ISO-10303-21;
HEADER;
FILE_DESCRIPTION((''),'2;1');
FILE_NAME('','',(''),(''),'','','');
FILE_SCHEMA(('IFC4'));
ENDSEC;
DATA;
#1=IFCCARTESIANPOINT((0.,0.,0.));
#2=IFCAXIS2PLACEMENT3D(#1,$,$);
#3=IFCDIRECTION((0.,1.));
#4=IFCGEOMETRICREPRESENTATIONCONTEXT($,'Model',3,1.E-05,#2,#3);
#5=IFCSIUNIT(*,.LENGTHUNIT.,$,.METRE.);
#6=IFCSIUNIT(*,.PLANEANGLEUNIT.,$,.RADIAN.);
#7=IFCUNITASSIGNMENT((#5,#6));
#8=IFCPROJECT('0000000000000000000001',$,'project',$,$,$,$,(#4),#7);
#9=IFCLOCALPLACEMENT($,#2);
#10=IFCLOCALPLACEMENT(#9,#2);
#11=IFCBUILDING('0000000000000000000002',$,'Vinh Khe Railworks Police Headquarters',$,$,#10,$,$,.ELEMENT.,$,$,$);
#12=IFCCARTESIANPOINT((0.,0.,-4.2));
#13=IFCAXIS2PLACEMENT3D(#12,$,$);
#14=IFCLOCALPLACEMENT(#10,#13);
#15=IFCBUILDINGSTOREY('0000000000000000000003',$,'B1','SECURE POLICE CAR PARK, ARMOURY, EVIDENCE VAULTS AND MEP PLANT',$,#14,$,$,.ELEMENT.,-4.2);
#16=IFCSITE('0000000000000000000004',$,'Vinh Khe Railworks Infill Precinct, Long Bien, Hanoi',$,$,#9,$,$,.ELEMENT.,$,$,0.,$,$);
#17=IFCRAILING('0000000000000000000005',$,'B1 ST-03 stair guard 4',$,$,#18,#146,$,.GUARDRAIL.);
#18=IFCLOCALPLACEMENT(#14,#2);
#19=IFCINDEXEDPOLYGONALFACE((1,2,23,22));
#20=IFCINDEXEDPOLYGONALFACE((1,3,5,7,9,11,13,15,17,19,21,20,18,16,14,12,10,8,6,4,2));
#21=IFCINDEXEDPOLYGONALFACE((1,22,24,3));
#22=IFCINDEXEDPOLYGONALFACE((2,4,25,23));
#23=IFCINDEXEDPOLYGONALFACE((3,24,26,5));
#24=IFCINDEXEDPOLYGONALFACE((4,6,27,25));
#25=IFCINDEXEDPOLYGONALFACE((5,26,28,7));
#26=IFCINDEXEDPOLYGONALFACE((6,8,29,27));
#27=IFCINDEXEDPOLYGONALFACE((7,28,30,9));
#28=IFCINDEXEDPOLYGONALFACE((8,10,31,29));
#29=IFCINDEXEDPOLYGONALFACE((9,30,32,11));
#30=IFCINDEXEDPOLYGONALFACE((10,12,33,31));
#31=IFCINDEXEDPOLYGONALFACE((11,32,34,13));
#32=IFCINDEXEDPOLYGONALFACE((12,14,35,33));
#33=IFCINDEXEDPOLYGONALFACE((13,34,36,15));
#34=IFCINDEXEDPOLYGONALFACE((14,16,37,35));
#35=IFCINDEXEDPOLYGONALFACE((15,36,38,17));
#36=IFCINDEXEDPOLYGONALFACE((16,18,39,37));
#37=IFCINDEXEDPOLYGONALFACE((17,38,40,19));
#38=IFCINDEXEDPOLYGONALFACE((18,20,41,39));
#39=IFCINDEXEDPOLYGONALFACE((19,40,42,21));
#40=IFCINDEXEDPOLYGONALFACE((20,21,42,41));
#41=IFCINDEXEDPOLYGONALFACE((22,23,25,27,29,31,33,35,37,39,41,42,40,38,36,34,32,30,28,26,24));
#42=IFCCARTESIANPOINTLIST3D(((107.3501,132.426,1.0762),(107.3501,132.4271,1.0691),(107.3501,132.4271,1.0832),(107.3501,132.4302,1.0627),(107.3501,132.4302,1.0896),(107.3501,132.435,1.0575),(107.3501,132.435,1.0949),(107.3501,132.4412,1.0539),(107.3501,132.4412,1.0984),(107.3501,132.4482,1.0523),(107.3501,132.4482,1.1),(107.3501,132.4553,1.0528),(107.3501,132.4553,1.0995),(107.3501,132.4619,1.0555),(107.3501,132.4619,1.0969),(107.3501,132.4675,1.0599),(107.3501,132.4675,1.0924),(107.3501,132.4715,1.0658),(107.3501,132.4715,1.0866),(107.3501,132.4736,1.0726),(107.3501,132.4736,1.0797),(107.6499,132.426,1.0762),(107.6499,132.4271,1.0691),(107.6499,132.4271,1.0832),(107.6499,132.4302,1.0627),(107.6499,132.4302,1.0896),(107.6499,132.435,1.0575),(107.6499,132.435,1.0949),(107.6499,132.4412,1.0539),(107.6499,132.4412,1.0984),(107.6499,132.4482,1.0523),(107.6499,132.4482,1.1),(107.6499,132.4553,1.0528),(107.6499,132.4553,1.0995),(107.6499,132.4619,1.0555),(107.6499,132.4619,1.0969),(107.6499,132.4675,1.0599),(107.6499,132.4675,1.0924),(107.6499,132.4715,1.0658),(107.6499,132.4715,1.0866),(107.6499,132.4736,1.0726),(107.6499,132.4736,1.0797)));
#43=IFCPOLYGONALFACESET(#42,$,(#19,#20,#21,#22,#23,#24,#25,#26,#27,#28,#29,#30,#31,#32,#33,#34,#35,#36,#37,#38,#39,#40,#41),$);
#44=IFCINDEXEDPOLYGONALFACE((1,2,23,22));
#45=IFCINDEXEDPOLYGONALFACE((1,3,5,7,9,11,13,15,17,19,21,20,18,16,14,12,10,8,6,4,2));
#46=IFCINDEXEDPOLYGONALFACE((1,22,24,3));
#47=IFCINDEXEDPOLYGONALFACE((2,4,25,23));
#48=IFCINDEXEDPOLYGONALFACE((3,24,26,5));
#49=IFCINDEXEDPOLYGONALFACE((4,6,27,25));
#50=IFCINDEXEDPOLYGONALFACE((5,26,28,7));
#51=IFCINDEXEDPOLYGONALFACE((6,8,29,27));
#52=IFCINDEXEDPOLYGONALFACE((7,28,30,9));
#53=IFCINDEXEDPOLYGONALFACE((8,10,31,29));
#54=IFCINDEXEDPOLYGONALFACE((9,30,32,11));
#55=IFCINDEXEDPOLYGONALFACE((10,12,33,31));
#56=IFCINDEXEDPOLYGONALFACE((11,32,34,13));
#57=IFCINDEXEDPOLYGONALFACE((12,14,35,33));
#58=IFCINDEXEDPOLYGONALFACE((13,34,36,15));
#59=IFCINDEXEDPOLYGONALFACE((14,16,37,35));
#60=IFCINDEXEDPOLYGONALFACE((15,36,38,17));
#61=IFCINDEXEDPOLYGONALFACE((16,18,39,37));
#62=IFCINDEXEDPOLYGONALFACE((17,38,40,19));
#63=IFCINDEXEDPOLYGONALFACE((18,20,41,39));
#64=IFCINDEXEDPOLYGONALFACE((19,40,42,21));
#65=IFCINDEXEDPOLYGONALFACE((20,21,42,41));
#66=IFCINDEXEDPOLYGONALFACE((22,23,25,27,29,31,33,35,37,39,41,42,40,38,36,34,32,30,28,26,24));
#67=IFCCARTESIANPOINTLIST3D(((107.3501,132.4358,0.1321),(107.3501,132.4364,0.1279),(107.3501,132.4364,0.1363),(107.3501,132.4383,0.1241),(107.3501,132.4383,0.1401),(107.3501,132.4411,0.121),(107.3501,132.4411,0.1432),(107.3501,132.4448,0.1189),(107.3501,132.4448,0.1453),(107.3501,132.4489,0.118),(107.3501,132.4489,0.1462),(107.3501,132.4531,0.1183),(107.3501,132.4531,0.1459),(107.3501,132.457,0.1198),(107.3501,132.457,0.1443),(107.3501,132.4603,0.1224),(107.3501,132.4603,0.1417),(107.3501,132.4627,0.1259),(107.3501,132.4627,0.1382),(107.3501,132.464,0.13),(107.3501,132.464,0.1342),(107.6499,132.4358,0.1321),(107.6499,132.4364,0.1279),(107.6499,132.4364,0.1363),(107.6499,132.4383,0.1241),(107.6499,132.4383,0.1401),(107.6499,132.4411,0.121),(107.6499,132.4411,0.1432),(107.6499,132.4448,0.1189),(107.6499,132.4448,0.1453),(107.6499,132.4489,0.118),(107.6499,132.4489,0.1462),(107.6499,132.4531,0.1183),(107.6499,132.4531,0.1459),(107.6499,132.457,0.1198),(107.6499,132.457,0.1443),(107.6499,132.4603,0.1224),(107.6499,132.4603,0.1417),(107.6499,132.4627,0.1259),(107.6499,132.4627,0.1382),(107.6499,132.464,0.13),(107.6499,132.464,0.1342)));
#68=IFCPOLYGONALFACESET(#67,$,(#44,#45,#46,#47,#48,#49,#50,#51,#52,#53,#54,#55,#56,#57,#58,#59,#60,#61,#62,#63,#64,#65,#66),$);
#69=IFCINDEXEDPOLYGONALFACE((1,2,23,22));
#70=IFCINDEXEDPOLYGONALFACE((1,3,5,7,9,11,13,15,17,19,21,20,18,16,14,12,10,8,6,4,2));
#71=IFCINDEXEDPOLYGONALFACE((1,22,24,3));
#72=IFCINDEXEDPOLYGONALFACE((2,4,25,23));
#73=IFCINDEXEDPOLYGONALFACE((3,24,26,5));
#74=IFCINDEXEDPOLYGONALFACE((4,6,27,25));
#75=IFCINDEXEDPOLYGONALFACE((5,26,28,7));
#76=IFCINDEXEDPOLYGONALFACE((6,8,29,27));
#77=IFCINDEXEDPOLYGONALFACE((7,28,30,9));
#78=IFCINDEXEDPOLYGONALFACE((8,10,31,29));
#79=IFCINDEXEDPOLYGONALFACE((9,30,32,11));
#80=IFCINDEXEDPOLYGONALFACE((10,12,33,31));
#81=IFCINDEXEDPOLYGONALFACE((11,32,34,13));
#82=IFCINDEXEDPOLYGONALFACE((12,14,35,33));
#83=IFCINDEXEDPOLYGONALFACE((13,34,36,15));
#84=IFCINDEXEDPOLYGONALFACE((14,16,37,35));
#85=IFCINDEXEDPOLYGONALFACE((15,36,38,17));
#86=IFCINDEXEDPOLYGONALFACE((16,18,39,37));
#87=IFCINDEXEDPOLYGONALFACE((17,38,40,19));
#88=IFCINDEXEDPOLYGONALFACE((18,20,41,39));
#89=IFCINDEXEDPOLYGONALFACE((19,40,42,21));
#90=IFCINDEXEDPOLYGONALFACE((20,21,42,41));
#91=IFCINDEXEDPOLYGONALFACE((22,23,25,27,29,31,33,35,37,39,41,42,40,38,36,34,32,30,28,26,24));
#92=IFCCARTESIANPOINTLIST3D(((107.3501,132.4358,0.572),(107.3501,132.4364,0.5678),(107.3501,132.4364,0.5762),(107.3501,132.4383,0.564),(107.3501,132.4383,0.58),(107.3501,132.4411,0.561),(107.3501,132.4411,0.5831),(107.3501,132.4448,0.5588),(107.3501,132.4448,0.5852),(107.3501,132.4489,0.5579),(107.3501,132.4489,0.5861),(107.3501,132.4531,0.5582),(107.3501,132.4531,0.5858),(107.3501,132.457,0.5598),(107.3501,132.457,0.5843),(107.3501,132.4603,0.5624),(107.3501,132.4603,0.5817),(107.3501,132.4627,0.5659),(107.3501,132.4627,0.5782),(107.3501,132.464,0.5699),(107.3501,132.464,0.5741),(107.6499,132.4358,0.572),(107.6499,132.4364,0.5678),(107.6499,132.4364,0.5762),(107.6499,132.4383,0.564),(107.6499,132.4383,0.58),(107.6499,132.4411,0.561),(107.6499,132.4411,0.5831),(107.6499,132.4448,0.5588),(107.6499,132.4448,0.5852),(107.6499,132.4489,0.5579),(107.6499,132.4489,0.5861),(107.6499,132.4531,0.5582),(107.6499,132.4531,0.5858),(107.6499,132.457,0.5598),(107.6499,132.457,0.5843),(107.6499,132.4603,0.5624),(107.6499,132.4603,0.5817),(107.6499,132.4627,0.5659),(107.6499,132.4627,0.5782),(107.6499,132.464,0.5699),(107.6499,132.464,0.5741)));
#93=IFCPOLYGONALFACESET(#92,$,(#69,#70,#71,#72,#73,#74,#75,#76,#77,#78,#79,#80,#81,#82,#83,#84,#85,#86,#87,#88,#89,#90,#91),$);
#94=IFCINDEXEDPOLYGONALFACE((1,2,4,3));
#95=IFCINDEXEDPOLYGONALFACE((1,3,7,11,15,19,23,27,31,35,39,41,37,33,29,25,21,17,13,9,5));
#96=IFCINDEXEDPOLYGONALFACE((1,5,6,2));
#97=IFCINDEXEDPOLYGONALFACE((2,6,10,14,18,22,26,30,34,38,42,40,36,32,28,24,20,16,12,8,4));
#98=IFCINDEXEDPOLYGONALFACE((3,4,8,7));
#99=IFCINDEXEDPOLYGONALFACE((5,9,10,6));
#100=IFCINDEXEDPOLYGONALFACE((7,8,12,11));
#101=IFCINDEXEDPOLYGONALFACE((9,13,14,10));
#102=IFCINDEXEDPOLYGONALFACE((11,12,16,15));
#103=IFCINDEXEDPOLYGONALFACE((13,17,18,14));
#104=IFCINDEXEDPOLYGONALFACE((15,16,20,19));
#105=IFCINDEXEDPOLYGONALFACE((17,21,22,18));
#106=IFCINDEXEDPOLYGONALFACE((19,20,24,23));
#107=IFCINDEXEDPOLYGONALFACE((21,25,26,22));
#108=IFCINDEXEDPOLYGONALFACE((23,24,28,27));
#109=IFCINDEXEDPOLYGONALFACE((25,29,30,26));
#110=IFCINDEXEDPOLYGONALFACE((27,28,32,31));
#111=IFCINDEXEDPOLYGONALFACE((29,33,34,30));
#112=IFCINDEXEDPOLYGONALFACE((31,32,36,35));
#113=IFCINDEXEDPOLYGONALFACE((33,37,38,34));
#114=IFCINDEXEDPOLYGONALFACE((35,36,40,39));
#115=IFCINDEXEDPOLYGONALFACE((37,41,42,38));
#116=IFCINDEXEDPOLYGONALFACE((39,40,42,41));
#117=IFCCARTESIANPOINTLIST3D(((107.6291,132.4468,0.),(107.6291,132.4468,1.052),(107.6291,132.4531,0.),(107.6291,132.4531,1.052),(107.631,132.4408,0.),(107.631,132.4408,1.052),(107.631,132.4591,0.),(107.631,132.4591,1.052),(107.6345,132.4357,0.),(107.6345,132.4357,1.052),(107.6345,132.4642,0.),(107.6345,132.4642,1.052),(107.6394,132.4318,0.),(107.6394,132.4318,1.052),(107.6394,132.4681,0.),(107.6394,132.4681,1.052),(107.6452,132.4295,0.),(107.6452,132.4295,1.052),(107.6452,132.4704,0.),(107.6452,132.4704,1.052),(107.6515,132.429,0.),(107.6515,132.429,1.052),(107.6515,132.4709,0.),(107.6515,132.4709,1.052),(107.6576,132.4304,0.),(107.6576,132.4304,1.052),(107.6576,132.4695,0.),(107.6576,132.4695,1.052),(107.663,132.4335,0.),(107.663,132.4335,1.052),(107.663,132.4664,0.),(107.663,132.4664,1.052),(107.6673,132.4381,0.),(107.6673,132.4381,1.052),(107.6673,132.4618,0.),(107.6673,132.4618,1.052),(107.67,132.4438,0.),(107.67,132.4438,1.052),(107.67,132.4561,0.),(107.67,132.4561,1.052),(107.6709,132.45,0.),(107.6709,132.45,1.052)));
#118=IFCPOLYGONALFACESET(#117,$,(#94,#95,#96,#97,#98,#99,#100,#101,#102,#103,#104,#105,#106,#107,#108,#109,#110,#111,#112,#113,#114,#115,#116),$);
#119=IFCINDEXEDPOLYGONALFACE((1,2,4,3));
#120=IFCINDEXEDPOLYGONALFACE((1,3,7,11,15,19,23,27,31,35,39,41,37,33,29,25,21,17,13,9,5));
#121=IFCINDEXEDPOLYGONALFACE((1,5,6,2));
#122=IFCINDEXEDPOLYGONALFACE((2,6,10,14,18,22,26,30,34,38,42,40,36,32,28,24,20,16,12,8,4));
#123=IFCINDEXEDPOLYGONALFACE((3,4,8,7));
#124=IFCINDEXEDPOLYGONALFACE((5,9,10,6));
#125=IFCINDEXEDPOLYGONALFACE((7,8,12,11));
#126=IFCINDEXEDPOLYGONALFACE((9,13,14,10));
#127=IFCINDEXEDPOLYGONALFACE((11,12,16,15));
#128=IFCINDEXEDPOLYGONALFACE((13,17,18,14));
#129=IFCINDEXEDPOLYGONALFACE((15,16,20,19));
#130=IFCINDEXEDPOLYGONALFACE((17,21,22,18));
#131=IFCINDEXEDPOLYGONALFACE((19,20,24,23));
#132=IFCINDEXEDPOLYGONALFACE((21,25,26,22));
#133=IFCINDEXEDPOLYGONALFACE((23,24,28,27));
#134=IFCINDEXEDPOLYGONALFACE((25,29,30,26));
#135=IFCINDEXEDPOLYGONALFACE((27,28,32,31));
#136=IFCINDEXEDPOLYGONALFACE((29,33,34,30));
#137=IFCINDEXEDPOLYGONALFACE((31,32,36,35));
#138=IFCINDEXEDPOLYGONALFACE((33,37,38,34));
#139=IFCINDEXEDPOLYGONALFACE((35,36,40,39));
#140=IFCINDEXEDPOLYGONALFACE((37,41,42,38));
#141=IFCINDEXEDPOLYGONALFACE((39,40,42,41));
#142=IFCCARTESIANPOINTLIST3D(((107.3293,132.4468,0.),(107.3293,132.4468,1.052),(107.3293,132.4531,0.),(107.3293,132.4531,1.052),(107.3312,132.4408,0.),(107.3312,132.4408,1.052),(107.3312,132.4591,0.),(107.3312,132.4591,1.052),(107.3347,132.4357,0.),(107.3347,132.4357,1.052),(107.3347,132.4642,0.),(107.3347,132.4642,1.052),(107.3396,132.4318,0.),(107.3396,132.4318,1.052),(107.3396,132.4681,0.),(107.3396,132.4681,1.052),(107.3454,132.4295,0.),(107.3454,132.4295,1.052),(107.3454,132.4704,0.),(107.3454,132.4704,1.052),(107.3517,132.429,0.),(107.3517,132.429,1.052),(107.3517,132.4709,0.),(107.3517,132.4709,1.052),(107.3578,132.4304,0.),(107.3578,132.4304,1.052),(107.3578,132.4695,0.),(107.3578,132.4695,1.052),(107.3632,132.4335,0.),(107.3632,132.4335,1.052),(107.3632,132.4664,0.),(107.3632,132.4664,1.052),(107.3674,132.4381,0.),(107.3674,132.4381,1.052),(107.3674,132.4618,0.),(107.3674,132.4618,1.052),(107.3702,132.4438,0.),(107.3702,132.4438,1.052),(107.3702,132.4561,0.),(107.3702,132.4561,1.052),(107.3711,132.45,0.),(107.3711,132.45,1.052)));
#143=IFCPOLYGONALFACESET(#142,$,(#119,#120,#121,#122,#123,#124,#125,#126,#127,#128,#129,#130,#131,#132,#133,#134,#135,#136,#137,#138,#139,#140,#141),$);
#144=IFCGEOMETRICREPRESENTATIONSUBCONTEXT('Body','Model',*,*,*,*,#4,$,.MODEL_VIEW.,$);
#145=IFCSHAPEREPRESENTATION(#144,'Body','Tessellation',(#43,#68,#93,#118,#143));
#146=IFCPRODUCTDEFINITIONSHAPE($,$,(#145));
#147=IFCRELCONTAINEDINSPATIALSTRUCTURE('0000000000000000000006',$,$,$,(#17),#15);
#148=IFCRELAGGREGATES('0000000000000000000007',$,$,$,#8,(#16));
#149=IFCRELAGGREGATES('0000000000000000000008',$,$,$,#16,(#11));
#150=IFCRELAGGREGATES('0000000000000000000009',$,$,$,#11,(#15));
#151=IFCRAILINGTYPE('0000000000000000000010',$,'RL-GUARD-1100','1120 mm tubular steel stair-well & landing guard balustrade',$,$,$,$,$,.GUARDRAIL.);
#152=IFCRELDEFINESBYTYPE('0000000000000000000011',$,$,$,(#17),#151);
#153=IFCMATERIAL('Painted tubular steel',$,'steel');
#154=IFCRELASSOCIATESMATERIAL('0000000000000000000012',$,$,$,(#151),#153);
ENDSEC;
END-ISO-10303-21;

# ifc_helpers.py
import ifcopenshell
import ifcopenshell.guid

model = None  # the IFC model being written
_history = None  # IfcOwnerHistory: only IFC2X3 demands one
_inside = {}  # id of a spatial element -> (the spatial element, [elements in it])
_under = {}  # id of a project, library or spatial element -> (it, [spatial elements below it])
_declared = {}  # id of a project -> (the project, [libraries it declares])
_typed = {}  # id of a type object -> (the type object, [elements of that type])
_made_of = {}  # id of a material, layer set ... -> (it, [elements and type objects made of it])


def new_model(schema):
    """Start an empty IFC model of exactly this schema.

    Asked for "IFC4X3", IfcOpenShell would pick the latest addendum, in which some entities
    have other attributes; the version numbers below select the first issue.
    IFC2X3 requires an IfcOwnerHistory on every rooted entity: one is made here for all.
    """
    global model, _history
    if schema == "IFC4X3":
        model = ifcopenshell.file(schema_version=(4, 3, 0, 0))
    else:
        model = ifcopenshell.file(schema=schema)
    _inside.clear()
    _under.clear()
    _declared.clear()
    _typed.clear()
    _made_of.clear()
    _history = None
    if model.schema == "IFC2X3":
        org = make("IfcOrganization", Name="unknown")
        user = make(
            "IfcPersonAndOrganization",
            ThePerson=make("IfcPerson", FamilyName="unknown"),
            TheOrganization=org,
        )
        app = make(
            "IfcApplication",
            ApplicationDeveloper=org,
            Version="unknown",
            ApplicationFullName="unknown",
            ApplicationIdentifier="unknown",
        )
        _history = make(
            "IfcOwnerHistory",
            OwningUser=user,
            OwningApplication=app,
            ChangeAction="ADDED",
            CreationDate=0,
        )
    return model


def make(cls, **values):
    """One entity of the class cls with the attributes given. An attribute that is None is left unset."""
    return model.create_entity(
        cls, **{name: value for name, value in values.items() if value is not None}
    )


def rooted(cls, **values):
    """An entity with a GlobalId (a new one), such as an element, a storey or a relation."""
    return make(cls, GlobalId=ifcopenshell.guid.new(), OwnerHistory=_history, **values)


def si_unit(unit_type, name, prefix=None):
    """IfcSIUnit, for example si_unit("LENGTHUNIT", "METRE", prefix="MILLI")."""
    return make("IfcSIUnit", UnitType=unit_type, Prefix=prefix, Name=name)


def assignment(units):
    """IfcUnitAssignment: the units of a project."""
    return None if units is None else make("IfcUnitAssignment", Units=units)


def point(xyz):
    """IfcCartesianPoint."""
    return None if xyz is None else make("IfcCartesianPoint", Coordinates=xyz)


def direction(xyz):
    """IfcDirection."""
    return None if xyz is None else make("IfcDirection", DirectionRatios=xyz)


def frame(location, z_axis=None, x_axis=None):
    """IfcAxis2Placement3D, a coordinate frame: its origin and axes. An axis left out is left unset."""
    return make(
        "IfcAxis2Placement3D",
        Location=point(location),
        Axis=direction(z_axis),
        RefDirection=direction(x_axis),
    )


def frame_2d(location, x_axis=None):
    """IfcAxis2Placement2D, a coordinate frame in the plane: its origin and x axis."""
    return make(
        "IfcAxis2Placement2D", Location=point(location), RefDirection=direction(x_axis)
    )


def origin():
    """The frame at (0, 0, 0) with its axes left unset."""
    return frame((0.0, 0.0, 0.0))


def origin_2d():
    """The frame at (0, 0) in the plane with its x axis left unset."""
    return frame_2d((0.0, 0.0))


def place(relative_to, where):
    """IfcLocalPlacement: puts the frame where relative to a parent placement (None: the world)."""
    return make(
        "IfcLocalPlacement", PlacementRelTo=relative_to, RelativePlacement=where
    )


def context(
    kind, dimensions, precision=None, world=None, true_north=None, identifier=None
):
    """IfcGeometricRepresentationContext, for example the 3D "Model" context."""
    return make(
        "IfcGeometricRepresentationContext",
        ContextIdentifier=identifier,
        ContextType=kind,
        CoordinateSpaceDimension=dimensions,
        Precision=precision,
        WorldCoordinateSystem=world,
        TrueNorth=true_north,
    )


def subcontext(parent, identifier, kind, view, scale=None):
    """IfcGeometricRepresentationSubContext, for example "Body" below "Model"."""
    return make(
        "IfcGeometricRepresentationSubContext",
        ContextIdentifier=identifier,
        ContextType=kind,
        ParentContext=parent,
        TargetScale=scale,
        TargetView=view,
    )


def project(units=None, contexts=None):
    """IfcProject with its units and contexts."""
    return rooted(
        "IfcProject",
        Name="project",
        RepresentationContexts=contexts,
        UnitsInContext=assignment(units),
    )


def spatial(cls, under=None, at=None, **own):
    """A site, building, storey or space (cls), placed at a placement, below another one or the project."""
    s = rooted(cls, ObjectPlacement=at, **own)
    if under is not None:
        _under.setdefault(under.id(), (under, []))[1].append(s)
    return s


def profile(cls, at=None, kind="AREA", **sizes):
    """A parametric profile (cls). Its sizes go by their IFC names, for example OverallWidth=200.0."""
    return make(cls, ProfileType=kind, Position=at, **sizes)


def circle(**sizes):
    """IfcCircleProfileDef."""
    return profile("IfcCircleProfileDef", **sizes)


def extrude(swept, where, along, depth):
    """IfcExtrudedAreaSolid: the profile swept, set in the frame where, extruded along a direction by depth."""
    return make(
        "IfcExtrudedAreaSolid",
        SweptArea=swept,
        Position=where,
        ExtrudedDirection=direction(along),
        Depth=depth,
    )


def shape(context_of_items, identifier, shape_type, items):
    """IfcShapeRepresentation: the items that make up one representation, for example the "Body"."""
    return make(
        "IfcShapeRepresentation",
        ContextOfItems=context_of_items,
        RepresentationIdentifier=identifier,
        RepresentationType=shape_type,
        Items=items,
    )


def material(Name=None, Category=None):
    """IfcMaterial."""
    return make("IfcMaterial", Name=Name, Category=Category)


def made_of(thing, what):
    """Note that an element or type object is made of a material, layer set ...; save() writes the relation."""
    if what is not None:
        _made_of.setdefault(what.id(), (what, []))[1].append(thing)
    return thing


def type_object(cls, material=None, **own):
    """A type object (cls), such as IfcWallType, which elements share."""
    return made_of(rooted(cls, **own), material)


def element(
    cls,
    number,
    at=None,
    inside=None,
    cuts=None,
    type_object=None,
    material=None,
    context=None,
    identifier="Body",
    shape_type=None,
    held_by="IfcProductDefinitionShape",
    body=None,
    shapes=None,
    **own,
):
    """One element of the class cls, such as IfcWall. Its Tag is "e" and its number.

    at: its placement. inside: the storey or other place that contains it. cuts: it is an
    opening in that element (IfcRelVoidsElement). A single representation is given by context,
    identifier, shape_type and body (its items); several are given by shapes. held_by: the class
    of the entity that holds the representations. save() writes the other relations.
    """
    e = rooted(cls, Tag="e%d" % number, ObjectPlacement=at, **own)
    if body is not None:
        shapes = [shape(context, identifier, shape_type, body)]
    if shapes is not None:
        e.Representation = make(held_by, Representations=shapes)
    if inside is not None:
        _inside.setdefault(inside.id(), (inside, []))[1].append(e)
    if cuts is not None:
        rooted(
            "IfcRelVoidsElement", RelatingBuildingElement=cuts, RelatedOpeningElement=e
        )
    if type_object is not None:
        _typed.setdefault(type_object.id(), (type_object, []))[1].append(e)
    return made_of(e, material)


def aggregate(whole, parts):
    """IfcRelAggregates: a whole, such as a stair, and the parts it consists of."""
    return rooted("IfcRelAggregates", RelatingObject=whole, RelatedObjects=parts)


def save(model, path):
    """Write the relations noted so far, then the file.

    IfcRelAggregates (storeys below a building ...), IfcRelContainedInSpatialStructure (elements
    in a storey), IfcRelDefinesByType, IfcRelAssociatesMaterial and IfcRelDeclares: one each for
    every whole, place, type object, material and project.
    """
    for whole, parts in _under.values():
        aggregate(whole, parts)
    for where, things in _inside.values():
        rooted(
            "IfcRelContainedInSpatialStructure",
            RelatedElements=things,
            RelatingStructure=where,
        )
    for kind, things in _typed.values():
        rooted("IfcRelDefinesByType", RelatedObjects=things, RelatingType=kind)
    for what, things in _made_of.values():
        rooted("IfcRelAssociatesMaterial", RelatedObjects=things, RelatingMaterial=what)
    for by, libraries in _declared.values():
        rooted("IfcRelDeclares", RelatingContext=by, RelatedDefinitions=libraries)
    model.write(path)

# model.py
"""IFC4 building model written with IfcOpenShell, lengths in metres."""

from ifc_helpers import new_model, si_unit, direction, frame, origin, origin_2d, place, context, subcontext, project, spatial, circle, extrude, material, type_object, element, save


model = new_model("IFC4")

# Units and contexts
model_context = context("Model", 3, precision=1e-05, world=origin(), true_north=direction((0.0, 1.0)))
body_context = subcontext(model_context, "Body", "Model", "MODEL_VIEW")
ifc_project = project(units=[si_unit("LENGTHUNIT", "METRE"), si_unit("PLANEANGLEUNIT", "RADIAN")], contexts=[model_context])

# Site, building, storey
site_placement = place(None, origin())
site = spatial("IfcSite", under=ifc_project, at=site_placement, Name="Vinh Khe Railworks Infill Precinct, Long Bien, Hanoi", CompositionType="ELEMENT", RefElevation=0.0)
building_placement = place(site_placement, origin())
building = spatial("IfcBuilding", under=site, at=building_placement, Name="Vinh Khe Railworks Police Headquarters", CompositionType="ELEMENT")
storey_placement = place(building_placement, frame((0.0, 0.0, -4.2)))
storey = spatial("IfcBuildingStorey", under=building, at=storey_placement, Name="B1", Description="SECURE POLICE CAR PARK, ARMOURY, EVIDENCE VAULTS AND MEP PLANT", CompositionType="ELEMENT", Elevation=-4.2)

# Railing
ifc_material_1 = material(Name="Painted tubular steel", Category="steel")
railing_type_1 = type_object("IfcRailingType", Name="RL-GUARD-1100", Description="1120 mm tubular steel stair-well & landing guard balustrade", PredefinedType="GUARDRAIL", material=ifc_material_1)
railing_1_placement = place(storey_placement, frame((107.6499, 132.45, 0.0)))
element("IfcRailing", 1, at=railing_1_placement, inside=storey, type_object=railing_type_1, Name="B1 ST-03 stair guard 4", PredefinedType="GUARDRAIL", context=body_context, shape_type="SweptSolid", body=[
    extrude(circle(Radius=0.0239, at=origin_2d()), frame((0.0, 0.0, 1.0762), z_axis=(-1.0, 0.0, 0.0), x_axis=(0.0, -1.0, 0.0)), (0.0, 0.0, 1.0), 0.2998),
    extrude(circle(Radius=0.0142, at=origin_2d()), frame((0.0, 0.0, 0.1321), z_axis=(-1.0, 0.0, 0.0), x_axis=(0.0, -1.0, 0.0)), (0.0, 0.0, 1.0), 0.2998),
    extrude(circle(Radius=0.0142, at=origin_2d()), frame((0.0, 0.0, 0.572), z_axis=(-1.0, 0.0, 0.0), x_axis=(0.0, -1.0, 0.0)), (0.0, 0.0, 1.0), 0.2998),
    extrude(circle(Radius=0.021, at=origin_2d()), origin(), (0.0, 0.0, 1.0), 1.052),
    extrude(circle(Radius=0.021, at=origin_2d()), frame((-0.2998, 0.0, 0.0)), (0.0, 0.0, 1.0), 1.052),
])

save(model, "model.ifc")
